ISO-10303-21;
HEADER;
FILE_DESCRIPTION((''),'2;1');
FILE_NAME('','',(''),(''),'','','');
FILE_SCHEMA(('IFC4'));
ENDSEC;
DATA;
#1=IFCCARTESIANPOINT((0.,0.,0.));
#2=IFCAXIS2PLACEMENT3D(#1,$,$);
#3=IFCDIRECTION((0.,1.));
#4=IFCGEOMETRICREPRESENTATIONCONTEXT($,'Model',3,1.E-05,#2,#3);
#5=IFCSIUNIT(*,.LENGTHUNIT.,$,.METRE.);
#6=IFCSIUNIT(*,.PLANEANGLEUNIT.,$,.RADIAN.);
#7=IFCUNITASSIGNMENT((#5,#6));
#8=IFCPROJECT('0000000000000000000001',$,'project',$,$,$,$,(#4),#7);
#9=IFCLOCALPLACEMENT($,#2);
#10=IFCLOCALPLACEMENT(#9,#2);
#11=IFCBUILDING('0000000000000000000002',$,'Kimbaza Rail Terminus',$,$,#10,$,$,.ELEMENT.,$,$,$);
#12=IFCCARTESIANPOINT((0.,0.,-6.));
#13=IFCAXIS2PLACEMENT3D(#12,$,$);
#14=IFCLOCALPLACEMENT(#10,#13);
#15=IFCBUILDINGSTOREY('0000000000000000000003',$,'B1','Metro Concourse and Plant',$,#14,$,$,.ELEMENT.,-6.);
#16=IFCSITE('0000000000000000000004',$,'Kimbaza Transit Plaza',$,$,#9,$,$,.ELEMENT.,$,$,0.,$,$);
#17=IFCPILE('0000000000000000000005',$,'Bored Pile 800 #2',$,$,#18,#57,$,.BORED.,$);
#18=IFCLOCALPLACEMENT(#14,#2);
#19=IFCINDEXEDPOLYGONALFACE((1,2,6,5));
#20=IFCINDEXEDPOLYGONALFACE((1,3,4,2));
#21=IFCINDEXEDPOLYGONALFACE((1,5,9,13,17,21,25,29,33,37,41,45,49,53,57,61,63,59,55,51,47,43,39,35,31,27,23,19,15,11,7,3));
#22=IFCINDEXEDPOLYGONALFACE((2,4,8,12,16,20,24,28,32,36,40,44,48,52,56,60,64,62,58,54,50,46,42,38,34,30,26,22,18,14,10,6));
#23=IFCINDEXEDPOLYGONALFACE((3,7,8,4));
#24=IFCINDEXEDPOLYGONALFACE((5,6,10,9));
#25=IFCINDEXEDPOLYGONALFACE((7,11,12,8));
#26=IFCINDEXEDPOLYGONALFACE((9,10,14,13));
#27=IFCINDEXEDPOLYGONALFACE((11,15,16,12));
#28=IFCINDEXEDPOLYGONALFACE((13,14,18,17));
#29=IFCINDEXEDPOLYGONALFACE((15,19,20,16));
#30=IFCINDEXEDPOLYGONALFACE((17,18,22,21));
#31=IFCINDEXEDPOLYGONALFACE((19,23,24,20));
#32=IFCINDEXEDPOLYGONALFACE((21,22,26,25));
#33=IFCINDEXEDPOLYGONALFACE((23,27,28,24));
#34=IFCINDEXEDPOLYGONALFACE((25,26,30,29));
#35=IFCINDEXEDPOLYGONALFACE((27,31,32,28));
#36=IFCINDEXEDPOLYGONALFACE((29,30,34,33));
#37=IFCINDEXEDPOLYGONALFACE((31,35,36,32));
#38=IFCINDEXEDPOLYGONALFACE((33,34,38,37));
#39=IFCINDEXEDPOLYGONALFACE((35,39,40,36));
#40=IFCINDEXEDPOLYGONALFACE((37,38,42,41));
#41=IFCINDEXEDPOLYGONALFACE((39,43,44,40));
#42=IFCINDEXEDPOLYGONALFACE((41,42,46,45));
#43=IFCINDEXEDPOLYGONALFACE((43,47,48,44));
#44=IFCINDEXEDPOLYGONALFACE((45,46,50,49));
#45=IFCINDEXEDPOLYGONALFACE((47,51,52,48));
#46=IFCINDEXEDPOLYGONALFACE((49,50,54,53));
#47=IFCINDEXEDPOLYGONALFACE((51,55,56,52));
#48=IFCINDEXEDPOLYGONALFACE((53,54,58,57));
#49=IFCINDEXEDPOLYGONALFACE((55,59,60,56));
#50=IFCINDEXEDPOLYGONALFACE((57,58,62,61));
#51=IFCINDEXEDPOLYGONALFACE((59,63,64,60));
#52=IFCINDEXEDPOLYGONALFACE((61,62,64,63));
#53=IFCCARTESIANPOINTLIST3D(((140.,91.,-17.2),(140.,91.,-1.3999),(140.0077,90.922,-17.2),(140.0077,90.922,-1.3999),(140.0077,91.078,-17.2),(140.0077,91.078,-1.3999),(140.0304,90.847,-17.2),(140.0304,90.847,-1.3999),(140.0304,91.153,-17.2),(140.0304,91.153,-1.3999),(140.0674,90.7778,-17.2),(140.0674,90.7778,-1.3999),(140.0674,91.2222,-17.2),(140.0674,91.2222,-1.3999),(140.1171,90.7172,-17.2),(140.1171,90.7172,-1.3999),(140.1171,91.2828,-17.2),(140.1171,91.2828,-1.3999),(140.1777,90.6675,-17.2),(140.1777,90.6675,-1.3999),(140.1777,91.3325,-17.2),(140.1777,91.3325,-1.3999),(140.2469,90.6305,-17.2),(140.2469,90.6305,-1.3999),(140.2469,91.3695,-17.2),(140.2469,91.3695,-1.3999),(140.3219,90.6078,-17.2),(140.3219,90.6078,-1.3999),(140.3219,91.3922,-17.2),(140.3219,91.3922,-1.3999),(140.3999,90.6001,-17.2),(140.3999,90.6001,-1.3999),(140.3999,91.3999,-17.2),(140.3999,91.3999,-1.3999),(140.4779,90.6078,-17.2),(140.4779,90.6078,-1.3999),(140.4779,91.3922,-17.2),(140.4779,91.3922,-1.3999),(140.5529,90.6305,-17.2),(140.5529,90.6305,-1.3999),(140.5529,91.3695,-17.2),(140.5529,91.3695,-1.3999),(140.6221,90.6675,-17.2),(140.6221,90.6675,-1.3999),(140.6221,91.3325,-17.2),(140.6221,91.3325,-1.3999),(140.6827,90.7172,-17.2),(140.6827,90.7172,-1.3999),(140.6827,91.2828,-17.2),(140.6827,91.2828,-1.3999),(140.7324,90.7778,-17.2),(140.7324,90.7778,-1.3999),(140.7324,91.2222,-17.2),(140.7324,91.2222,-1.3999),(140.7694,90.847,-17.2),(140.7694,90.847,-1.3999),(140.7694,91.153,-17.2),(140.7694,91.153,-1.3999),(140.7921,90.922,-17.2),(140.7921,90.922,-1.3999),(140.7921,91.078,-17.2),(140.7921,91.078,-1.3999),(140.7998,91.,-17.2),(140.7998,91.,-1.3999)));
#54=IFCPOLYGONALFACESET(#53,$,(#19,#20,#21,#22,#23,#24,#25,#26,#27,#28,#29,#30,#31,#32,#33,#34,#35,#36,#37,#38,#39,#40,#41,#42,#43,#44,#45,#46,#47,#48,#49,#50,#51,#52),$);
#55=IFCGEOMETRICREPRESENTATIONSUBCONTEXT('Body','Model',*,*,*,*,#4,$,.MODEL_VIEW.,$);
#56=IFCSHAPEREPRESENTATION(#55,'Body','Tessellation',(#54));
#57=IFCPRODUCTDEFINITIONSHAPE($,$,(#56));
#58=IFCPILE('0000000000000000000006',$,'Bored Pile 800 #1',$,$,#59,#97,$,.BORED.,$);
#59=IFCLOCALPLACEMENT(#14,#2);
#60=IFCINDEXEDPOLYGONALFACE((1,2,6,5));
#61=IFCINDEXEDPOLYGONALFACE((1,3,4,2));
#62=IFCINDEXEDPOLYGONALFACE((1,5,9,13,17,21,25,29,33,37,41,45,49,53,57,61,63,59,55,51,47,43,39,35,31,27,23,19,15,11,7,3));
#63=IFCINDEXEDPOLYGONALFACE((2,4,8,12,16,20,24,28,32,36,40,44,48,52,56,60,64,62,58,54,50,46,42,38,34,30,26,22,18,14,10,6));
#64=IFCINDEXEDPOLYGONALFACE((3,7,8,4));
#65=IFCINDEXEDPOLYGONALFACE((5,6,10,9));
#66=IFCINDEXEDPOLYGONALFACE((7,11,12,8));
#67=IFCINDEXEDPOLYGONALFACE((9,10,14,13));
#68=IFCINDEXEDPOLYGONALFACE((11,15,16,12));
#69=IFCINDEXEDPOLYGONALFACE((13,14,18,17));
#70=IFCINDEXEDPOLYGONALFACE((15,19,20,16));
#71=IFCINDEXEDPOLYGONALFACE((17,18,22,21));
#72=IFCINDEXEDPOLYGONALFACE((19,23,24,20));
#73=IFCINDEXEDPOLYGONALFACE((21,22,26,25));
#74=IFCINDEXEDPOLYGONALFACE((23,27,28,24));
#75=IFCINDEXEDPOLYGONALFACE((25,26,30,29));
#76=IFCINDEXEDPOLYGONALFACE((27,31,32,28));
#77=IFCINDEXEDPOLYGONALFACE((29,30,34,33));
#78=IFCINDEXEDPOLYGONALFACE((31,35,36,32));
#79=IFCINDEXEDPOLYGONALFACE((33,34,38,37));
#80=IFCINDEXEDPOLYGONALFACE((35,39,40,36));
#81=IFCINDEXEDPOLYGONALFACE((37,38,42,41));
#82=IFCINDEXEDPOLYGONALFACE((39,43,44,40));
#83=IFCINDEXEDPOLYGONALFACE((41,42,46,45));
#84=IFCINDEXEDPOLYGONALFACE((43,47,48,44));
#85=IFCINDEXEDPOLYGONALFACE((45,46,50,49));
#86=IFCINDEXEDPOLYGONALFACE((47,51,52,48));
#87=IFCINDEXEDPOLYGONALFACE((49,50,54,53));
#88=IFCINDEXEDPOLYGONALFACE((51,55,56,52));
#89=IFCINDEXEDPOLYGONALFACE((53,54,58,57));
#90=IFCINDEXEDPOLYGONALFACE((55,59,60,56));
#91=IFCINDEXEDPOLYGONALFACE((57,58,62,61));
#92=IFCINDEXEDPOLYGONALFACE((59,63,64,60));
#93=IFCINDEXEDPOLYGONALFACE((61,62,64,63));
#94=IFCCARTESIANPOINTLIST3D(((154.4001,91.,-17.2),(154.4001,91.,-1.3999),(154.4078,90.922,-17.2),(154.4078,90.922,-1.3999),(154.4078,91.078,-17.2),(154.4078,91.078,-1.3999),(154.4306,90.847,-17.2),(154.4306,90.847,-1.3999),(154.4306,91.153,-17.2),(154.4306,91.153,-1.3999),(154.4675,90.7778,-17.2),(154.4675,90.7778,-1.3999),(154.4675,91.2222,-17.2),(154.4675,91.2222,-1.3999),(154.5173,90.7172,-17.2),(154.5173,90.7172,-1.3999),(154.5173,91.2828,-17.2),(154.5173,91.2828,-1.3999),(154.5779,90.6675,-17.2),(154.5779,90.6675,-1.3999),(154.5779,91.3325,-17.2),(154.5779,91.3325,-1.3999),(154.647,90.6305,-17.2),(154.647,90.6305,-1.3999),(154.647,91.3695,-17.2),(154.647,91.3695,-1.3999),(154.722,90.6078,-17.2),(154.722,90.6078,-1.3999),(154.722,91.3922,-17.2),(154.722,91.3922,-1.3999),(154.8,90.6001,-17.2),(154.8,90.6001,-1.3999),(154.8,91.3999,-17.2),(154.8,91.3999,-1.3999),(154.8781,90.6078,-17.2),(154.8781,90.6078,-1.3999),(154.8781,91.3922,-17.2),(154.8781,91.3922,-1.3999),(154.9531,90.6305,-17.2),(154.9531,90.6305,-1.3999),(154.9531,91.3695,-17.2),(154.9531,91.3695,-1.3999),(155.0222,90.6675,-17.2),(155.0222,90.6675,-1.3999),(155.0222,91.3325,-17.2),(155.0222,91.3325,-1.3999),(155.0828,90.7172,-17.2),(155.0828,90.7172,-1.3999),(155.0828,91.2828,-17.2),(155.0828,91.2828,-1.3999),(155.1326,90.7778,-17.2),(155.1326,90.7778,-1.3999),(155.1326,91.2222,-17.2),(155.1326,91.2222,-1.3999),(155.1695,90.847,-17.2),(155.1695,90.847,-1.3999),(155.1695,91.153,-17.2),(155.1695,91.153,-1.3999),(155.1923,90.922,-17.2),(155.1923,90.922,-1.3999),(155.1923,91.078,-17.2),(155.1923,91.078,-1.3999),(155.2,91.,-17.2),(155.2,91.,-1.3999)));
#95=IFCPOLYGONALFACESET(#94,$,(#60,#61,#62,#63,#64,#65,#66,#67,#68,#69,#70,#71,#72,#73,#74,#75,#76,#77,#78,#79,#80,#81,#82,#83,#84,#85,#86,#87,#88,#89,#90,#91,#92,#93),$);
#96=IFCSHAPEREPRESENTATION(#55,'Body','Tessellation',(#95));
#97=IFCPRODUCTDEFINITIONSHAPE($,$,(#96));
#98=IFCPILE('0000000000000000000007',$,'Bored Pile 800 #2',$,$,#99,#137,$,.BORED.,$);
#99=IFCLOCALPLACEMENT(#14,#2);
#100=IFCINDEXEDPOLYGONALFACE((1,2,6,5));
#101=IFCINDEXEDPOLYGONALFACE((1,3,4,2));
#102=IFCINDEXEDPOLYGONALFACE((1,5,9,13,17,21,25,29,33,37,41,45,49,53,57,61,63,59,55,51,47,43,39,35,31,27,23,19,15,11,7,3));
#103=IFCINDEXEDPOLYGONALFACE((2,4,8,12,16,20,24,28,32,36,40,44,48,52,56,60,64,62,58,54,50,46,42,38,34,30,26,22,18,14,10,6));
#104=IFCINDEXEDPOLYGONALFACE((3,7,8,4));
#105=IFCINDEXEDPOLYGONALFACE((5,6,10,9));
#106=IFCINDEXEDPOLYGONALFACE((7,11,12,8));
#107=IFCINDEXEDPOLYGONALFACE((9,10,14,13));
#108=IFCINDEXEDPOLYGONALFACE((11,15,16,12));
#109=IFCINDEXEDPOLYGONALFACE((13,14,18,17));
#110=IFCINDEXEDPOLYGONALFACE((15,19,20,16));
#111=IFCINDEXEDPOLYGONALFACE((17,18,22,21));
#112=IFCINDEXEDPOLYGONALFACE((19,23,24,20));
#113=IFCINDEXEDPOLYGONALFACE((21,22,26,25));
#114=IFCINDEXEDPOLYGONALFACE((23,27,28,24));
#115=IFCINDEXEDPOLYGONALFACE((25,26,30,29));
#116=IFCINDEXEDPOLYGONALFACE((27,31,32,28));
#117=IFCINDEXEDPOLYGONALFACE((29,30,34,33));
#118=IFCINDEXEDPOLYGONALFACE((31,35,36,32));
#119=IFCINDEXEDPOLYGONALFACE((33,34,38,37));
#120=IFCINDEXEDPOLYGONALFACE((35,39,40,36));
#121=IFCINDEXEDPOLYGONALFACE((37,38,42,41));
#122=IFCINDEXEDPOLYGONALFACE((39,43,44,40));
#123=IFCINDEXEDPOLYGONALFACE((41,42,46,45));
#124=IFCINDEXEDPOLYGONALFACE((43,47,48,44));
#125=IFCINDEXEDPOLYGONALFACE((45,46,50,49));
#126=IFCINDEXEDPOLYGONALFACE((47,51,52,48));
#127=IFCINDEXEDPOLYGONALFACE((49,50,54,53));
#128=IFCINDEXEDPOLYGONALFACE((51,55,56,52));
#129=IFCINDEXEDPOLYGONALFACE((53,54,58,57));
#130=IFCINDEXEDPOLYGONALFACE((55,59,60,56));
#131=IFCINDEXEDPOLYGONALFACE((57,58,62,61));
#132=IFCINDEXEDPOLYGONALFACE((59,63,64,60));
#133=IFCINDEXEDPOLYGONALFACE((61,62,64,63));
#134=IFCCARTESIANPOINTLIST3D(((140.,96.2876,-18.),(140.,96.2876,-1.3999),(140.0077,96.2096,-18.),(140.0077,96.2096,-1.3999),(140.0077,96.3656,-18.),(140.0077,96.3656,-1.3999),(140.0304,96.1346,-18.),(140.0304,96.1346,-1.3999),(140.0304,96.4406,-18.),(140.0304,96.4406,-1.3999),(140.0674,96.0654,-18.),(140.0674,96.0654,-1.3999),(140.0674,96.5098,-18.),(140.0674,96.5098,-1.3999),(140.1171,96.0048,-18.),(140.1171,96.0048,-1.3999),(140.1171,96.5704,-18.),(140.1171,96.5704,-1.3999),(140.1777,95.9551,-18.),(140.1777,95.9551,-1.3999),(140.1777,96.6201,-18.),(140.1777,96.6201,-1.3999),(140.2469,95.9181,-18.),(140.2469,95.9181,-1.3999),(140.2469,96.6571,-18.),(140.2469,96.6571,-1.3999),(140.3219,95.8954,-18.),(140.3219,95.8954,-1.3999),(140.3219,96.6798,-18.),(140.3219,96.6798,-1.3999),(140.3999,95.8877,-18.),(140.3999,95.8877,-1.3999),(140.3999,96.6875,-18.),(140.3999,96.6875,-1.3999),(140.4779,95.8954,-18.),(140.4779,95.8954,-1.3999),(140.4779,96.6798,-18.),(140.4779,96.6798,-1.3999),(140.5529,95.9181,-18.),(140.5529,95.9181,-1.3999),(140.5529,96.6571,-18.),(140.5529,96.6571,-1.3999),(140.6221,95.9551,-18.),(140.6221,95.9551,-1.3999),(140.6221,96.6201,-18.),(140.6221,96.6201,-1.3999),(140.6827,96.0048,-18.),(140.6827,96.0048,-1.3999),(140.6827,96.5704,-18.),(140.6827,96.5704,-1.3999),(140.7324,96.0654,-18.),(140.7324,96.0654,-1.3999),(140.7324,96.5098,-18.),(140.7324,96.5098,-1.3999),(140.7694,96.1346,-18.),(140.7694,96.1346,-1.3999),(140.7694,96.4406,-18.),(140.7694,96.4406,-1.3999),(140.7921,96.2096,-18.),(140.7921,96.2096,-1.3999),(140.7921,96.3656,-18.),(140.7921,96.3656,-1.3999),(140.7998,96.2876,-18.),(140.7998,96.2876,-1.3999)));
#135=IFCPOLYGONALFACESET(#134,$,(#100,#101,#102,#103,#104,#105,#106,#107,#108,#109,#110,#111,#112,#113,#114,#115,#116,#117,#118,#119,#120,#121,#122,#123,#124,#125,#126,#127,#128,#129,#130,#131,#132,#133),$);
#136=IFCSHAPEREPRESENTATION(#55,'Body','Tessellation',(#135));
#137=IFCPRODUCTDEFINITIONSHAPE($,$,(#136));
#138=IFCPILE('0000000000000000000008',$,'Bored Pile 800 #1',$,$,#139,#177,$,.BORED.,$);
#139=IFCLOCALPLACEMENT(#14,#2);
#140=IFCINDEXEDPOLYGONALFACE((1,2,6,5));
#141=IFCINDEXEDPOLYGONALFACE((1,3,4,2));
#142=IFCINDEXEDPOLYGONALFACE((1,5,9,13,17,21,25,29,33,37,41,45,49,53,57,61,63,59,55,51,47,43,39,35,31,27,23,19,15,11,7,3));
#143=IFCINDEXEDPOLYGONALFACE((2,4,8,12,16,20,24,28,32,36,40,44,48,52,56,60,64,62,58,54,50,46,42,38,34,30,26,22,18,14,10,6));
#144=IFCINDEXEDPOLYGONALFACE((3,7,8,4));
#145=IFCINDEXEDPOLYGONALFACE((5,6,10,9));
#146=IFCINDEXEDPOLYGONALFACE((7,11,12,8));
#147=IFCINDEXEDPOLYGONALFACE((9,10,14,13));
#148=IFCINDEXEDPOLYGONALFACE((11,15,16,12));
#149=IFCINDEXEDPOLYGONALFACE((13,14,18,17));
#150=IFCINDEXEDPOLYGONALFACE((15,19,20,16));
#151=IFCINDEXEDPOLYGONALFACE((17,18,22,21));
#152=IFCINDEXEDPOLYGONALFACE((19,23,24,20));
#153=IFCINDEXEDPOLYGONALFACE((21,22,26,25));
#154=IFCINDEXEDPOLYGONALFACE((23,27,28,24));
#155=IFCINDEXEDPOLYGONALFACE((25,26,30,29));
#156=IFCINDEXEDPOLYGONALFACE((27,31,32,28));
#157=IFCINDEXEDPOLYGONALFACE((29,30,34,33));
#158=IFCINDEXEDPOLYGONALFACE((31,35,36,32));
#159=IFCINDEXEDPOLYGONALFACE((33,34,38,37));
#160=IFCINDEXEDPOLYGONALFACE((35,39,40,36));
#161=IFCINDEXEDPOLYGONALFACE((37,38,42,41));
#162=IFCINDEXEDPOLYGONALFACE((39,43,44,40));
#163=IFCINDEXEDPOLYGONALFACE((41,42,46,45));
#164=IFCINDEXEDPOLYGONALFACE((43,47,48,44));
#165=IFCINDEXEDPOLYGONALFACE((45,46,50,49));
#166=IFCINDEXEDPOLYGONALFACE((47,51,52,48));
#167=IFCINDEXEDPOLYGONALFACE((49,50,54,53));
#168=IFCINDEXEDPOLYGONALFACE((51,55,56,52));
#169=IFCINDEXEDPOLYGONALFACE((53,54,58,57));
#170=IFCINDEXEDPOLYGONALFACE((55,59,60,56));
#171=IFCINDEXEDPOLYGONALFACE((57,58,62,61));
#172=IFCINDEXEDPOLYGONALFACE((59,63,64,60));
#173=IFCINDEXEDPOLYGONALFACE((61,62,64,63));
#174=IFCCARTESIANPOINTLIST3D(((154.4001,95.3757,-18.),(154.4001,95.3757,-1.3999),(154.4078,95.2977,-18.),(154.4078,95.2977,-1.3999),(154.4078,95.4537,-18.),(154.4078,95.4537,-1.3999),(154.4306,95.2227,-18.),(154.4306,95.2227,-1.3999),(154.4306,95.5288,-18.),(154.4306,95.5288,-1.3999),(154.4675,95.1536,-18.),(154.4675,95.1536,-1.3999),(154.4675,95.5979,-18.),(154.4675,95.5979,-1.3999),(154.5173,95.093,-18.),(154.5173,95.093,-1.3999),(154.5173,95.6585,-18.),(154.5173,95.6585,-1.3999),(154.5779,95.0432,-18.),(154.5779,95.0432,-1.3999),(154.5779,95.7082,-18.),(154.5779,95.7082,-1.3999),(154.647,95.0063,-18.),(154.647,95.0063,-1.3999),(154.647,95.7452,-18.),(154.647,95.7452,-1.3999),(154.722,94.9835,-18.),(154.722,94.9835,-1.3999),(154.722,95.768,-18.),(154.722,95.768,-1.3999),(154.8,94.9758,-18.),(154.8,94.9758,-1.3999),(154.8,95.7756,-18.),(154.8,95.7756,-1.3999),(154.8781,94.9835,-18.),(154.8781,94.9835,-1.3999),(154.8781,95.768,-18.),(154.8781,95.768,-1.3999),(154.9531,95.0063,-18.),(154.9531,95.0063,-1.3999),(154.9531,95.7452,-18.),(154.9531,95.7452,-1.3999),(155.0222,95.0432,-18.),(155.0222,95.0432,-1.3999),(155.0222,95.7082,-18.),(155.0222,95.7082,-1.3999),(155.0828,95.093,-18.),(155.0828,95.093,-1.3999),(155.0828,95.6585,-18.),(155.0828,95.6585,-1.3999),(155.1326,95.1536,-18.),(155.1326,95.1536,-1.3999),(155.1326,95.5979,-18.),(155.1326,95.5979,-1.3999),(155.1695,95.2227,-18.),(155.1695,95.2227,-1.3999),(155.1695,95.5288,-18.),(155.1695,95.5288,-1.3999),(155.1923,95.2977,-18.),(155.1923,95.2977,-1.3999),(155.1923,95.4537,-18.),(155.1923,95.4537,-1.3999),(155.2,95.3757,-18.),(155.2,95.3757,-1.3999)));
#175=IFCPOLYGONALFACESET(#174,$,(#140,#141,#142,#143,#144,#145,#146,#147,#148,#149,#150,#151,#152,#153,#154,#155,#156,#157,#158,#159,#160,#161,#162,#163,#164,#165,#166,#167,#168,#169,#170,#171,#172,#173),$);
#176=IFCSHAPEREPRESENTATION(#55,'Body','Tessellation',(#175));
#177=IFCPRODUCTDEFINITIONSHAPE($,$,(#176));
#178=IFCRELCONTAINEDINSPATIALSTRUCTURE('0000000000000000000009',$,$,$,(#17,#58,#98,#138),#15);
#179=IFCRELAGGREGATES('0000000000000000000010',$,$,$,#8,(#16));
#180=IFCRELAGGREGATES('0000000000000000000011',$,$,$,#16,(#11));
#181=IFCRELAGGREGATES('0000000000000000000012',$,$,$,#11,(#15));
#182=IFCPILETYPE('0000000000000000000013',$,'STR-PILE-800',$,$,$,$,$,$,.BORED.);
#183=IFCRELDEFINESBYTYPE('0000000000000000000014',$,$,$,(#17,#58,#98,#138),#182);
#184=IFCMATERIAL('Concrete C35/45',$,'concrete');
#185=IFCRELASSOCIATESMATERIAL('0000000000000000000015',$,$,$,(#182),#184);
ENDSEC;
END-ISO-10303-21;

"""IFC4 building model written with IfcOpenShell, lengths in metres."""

from ifc_helpers import new_model, si_unit, direction, frame, origin, origin_2d, place, context, subcontext, project, spatial, circle, extrude, material, material_profile, profile_set, type_object, element, save


model = new_model("IFC4")

# Units and contexts
model_context = context("Model", 3, precision=1e-05, world=origin(), true_north=direction((0.0, 1.0)))
body_context = subcontext(model_context, "Body", "Model", "MODEL_VIEW")
ifc_project = project(units=[si_unit("LENGTHUNIT", "METRE"), si_unit("PLANEANGLEUNIT", "RADIAN")], contexts=[model_context])

# Site, building, storey
site_placement = place(None, origin())
site = spatial("IfcSite", under=ifc_project, at=site_placement, Name="Kimbaza Transit Plaza", CompositionType="ELEMENT", RefElevation=0.0)
building_placement = place(site_placement, origin())
building = spatial("IfcBuilding", under=site, at=building_placement, Name="Kimbaza Rail Terminus", CompositionType="ELEMENT")
storey_placement = place(building_placement, frame((0.0, 0.0, -6.0)))
storey = spatial("IfcBuildingStorey", under=building, at=storey_placement, Name="B1", Description="Metro Concourse and Plant", CompositionType="ELEMENT", Elevation=-6.0)

# Piles
ifc_material_1 = material(Name="Concrete C35/45", Category="concrete")
ifc_material_profile_1 = material_profile(ifc_material_1, circle(Radius=0.3999, at=origin_2d()), Name="BORED PILE 800")
ifc_profile_set_1 = profile_set([ifc_material_profile_1], Name="Concrete C35/45")
pile_type = type_object("IfcPileType", Name="STR-PILE-800", PredefinedType="BORED", material=ifc_profile_set_1)
for number, where, z_axis, x_axis, name in (
    (1, (140.3999, 91.0, -1.3999), (0.0, 0.0, -1.0), (1.0, 0.0, 0.0), "Bored Pile 800 #2"),
    (2, (154.8, 91.0, -1.3999), (0.0, 0.0, -1.0), (1.0, 0.0, 0.0), "Bored Pile 800 #1"),
):
    element("IfcPile", number, at=place(storey_placement, frame(where, z_axis=z_axis, x_axis=x_axis)), inside=storey, type_object=pile_type, Name=name, PredefinedType="BORED", context=body_context, shape_type="SweptSolid", body=[
        extrude(circle(Radius=0.3999, at=origin_2d()), origin(), (0.0, 0.0, 1.0), 15.8),
    ])
for number, where, z_axis, x_axis, name in (
    (3, (140.3999, 96.2876, -1.3999), (0.0, 0.0, -1.0), (1.0, 0.0, 0.0), "Bored Pile 800 #2"),
    (4, (154.8, 95.3757, -1.3999), (0.0, 0.0, -1.0), (1.0, 0.0, 0.0), "Bored Pile 800 #1"),
):
    element("IfcPile", number, at=place(storey_placement, frame(where, z_axis=z_axis, x_axis=x_axis)), inside=storey, type_object=pile_type, Name=name, PredefinedType="BORED", context=body_context, shape_type="SweptSolid", body=[
        extrude(circle(Radius=0.3999, at=origin_2d()), origin(), (0.0, 0.0, 1.0), 16.6001),
    ])

save(model, "model.ifc")
